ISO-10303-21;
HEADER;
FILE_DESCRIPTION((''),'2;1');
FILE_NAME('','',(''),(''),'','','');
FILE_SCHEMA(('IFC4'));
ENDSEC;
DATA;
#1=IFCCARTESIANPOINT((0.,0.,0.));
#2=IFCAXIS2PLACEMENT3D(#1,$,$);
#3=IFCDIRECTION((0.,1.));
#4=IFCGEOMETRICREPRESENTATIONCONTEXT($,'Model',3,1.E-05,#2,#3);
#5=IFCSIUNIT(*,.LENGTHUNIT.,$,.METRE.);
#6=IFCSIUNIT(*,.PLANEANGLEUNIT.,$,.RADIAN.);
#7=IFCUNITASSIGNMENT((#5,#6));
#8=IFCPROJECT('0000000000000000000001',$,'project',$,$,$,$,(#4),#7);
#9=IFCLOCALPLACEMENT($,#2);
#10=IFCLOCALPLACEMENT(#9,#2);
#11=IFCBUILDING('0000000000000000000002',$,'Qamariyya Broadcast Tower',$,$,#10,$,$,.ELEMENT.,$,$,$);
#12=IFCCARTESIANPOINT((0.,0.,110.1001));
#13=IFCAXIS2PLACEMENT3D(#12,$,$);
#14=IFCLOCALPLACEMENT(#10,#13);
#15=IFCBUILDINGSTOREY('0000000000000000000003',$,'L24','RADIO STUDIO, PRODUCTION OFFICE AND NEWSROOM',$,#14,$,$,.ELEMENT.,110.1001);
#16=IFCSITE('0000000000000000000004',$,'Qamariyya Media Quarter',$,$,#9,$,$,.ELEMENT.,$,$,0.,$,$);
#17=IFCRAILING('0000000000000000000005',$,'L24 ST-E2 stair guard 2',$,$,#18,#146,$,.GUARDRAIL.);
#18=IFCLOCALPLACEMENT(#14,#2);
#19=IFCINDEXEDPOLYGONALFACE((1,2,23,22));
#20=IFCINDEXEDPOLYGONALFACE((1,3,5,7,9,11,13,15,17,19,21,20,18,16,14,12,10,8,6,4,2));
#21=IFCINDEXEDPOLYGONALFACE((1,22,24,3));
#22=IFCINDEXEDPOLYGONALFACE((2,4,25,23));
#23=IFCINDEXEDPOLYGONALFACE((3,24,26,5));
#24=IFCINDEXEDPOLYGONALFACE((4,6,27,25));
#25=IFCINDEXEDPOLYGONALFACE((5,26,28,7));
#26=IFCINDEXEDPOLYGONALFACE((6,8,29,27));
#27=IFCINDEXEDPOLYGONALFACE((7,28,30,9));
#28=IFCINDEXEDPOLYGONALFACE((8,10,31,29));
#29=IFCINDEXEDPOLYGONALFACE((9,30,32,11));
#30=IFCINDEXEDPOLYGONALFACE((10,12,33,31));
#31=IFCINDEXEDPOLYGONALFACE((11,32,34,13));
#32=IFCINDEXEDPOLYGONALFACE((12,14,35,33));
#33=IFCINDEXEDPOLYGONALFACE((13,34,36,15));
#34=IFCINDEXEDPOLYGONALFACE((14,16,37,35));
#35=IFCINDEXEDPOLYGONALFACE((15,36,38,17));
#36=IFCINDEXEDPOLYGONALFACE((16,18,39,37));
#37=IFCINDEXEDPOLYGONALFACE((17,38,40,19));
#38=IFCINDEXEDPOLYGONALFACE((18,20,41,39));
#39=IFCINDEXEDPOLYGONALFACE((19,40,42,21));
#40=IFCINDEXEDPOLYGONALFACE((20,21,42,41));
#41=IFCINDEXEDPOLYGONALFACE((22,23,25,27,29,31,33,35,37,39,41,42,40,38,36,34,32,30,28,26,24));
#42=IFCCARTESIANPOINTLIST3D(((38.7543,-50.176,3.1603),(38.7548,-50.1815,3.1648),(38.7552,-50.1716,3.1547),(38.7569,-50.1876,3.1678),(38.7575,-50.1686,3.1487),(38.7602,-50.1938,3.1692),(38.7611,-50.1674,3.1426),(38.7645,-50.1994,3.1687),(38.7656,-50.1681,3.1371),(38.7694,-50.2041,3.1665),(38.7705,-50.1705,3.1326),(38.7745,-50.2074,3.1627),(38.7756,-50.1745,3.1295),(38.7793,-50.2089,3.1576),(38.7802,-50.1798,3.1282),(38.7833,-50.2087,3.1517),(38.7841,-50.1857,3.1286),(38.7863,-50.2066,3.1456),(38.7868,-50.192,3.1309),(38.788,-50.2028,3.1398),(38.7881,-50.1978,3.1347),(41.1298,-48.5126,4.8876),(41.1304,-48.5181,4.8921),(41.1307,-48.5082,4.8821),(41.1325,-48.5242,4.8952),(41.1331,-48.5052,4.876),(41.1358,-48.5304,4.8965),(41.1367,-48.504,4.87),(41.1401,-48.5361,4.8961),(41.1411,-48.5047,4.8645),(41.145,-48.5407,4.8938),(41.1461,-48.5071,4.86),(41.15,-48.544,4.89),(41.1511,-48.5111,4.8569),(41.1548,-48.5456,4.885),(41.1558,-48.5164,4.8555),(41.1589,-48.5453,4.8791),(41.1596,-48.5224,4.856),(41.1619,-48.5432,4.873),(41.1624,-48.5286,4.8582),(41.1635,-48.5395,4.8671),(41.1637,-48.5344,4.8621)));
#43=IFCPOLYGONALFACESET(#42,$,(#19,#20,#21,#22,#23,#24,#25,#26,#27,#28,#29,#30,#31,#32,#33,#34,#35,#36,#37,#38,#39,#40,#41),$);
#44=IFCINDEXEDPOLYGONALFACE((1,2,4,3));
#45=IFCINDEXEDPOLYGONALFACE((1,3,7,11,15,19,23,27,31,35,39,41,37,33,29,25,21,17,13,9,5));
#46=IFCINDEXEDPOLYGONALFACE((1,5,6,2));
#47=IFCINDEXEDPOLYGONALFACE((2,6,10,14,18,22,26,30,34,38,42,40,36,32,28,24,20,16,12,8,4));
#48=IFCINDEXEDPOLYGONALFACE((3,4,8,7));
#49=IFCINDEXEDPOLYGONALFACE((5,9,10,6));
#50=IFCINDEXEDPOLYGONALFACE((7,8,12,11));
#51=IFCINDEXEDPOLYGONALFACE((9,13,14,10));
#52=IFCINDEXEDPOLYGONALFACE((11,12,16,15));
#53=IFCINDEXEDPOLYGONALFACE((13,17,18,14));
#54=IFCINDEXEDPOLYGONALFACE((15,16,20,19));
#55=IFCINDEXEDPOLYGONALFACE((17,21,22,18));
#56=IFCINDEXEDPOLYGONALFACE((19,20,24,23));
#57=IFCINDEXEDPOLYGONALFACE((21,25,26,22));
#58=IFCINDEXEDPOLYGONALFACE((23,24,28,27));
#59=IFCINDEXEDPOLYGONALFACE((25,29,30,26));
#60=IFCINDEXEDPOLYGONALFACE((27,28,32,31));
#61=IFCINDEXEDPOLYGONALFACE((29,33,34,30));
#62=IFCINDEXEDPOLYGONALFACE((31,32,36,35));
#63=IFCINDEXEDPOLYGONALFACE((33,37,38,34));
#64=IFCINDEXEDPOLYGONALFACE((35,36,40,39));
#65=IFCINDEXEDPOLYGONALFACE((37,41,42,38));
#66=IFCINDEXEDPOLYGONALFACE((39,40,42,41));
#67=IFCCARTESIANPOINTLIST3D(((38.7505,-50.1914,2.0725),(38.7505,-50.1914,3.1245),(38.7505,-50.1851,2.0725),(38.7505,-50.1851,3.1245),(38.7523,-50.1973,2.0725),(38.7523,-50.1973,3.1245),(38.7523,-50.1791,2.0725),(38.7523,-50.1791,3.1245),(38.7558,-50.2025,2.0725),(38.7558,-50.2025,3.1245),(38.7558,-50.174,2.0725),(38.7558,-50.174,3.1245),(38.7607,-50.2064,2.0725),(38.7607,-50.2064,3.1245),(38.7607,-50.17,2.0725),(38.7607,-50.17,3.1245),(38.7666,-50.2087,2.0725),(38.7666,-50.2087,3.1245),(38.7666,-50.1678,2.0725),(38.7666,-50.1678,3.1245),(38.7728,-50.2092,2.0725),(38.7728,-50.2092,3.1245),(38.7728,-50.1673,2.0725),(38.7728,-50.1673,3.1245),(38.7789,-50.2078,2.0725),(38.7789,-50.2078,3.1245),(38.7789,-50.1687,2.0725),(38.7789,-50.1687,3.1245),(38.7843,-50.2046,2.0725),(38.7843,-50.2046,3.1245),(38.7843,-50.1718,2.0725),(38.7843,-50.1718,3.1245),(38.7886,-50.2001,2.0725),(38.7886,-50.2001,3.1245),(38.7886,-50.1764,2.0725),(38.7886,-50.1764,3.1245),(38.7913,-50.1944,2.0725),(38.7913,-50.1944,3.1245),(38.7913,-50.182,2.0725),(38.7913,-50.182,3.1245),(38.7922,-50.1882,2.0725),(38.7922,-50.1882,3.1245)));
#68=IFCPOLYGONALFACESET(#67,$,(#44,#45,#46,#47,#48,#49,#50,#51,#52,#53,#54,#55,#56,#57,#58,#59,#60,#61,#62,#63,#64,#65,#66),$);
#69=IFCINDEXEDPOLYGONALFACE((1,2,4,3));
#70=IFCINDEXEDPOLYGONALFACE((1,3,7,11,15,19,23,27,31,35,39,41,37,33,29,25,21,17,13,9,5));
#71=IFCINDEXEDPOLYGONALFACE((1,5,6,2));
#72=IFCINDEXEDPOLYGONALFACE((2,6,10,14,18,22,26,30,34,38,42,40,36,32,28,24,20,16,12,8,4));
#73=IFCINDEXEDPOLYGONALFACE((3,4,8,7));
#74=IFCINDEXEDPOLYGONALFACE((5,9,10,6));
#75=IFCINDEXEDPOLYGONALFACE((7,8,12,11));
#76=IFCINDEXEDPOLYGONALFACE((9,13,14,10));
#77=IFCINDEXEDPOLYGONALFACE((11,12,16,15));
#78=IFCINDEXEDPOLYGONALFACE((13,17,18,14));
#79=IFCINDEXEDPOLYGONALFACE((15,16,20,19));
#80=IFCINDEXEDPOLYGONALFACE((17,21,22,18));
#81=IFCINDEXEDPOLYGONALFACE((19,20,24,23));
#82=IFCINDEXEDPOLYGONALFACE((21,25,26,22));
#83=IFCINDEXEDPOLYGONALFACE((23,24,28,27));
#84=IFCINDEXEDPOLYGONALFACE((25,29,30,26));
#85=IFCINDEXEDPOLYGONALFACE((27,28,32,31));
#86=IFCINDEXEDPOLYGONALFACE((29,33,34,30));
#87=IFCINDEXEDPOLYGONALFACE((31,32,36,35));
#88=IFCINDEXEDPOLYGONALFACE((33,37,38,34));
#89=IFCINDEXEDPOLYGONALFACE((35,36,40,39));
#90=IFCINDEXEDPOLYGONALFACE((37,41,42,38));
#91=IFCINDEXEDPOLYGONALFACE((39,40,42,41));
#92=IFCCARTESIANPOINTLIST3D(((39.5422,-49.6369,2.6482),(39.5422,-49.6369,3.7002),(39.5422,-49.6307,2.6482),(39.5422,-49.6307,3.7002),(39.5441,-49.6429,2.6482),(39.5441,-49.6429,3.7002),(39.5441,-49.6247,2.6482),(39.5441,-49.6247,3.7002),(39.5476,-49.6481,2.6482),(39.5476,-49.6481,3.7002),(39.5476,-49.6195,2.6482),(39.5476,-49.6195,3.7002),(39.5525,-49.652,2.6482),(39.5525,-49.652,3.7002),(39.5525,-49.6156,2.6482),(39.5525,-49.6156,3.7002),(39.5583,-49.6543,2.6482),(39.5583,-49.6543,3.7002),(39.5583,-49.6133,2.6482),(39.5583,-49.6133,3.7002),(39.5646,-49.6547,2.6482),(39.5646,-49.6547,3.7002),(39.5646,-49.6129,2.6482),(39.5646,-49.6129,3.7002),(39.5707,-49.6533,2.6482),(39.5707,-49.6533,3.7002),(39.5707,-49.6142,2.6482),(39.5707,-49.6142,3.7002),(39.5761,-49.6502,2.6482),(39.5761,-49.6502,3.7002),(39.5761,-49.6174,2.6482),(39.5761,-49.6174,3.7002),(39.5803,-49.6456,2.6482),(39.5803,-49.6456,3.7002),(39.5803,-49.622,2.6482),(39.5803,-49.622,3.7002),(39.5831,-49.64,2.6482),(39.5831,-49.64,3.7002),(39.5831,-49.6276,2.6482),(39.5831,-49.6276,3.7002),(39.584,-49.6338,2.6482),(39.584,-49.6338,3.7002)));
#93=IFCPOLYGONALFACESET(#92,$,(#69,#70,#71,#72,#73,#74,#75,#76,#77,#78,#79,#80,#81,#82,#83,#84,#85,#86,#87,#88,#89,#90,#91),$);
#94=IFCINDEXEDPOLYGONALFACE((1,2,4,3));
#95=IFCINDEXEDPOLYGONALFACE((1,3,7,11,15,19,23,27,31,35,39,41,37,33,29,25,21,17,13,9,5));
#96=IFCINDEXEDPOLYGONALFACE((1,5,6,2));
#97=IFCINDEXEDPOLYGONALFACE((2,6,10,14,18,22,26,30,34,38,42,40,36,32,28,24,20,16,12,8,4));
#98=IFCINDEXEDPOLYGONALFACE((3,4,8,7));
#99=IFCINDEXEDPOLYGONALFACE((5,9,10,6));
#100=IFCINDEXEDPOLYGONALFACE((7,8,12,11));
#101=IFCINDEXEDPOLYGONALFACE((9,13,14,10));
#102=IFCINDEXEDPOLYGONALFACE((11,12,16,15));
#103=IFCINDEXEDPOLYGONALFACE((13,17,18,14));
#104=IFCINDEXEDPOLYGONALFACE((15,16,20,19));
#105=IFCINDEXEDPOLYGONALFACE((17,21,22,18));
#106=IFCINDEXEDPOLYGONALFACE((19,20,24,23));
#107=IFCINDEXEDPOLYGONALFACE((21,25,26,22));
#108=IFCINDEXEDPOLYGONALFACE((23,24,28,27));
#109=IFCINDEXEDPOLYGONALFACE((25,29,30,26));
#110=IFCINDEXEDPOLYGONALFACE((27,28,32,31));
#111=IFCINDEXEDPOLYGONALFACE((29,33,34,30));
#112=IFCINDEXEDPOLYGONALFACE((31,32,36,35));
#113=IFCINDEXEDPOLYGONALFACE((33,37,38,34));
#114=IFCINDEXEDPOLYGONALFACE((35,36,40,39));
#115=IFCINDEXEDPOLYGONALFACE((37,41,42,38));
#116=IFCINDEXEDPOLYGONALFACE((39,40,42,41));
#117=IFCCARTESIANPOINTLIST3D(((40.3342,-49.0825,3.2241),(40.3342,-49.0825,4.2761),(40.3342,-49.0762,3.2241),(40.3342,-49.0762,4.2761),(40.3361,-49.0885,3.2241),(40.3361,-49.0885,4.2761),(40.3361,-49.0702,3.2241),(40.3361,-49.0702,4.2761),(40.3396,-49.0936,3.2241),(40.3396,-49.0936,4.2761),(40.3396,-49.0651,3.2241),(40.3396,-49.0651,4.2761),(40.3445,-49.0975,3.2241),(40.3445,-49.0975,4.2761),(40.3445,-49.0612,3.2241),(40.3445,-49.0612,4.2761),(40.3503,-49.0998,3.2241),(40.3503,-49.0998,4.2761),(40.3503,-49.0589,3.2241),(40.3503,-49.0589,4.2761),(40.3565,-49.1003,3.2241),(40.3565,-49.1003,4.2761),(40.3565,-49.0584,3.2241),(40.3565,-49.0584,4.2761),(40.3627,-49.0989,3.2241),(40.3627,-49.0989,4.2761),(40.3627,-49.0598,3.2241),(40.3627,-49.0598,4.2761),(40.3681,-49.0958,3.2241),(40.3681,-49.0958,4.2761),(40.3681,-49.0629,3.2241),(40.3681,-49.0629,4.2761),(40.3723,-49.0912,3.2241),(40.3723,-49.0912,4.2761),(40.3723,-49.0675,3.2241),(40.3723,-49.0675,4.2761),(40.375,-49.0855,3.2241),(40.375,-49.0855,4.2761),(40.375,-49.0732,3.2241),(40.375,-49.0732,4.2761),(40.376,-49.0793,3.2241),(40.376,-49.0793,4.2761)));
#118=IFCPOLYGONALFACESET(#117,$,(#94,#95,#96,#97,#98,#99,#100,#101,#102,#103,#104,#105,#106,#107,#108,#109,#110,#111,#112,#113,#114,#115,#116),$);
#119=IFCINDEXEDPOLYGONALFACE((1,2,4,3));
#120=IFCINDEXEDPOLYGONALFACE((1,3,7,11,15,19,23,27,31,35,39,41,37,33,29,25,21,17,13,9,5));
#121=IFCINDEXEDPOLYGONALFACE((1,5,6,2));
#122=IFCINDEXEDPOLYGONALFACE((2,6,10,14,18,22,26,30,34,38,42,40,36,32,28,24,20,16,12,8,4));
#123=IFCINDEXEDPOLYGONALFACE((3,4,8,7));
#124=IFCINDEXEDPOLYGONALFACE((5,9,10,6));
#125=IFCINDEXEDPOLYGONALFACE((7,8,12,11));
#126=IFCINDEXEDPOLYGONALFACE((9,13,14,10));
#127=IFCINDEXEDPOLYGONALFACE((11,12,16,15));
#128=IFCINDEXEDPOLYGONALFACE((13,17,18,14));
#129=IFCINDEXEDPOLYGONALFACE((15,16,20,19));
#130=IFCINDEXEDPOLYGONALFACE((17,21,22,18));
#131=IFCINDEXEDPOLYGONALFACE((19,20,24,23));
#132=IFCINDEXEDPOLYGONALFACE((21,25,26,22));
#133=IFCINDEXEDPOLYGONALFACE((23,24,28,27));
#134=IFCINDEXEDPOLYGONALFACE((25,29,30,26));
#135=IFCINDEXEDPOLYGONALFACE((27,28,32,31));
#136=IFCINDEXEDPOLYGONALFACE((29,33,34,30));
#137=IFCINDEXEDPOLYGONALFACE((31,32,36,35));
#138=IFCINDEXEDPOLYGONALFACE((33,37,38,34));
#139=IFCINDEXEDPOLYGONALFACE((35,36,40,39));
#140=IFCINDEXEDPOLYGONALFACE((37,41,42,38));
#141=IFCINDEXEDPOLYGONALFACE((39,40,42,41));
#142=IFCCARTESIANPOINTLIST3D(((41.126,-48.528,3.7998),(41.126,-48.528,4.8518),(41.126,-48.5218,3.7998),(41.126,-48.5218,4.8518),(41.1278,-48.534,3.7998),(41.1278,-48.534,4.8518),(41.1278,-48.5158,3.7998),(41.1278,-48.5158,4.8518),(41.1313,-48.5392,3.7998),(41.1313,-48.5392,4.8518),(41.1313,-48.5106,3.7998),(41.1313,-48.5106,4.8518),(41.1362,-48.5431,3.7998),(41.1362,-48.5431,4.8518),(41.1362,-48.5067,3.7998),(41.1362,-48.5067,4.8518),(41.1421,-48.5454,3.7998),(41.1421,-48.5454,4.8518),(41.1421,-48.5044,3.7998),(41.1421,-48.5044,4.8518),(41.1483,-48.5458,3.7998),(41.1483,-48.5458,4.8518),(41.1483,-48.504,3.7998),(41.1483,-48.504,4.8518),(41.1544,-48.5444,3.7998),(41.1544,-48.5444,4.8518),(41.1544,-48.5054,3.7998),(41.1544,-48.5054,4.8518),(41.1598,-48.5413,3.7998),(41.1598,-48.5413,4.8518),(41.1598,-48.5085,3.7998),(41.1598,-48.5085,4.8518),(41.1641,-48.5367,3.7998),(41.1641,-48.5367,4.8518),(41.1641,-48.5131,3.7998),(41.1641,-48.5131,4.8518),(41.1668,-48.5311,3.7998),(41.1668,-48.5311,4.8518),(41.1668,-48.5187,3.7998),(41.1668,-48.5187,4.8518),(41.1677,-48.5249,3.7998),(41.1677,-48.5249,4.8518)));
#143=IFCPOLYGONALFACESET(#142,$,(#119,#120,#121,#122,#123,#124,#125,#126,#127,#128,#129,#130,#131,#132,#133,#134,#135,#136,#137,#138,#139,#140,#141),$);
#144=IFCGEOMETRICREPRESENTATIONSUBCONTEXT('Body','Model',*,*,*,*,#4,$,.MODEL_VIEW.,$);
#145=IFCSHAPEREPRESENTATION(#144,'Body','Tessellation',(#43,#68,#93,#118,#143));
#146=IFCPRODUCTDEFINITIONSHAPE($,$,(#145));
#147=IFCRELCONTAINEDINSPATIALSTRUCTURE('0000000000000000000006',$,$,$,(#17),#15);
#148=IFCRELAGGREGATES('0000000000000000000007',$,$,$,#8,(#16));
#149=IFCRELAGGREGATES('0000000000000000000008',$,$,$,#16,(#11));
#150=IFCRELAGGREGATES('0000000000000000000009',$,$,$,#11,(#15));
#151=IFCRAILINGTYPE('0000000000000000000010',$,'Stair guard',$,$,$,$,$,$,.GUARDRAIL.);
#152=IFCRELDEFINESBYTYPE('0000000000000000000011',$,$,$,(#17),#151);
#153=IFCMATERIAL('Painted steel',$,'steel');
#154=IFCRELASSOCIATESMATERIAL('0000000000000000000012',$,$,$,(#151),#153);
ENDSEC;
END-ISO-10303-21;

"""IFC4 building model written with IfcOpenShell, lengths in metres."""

from ifc_helpers import new_model, si_unit, direction, frame, origin, origin_2d, place, context, subcontext, project, spatial, circle, extrude, material, type_object, element, save


model = new_model("IFC4")

# Units and contexts
model_context = context("Model", 3, precision=1e-05, world=origin(), true_north=direction((0.0, 1.0)))
body_context = subcontext(model_context, "Body", "Model", "MODEL_VIEW")
ifc_project = project(units=[si_unit("LENGTHUNIT", "METRE"), si_unit("PLANEANGLEUNIT", "RADIAN")], contexts=[model_context])

# Site, building, storey
site_placement = place(None, origin())
site = spatial("IfcSite", under=ifc_project, at=site_placement, Name="Qamariyya Media Quarter", CompositionType="ELEMENT", RefElevation=0.0)
building_placement = place(site_placement, origin())
building = spatial("IfcBuilding", under=site, at=building_placement, Name="Qamariyya Broadcast Tower", CompositionType="ELEMENT")
storey_placement = place(building_placement, frame((0.0, 0.0, 110.1001)))
storey = spatial("IfcBuildingStorey", under=building, at=storey_placement, Name="L24", Description="RADIO STUDIO, PRODUCTION OFFICE AND NEWSROOM", CompositionType="ELEMENT", Elevation=110.1001)

# Railing
ifc_material_1 = material(Name="Painted steel", Category="steel")
railing_type_1 = type_object("IfcRailingType", Name="Stair guard", PredefinedType="GUARDRAIL", material=ifc_material_1)
railing_1_placement = place(storey_placement, frame((38.7712, -50.1882, 2.0725)))
element("IfcRailing", 1, at=railing_1_placement, inside=storey, type_object=railing_type_1, Name="L24 ST-E2 stair guard 2", PredefinedType="GUARDRAIL", context=body_context, shape_type="SweptSolid", body=[
    extrude(circle(Radius=0.0239, at=origin_2d()), frame((0.0, 0.0, 1.0762), z_axis=(0.70377, 0.492784, 0.511734), x_axis=(-0.573575, 0.819153, 0.0)), (0.0, 0.0, 1.0), 3.3755),
    extrude(circle(Radius=0.021, at=origin_2d()), origin(), (0.0, 0.0, 1.0), 1.052),
    extrude(circle(Radius=0.021, at=origin_2d()), frame((0.7917, 0.5544, 0.5757)), (0.0, 0.0, 1.0), 1.052),
    extrude(circle(Radius=0.021, at=origin_2d()), frame((1.5837, 1.1089, 1.1516)), (0.0, 0.0, 1.0), 1.052),
    extrude(circle(Radius=0.021, at=origin_2d()), frame((2.3755, 1.6633, 1.7273)), (0.0, 0.0, 1.0), 1.052),
])

save(model, "model.ifc")
